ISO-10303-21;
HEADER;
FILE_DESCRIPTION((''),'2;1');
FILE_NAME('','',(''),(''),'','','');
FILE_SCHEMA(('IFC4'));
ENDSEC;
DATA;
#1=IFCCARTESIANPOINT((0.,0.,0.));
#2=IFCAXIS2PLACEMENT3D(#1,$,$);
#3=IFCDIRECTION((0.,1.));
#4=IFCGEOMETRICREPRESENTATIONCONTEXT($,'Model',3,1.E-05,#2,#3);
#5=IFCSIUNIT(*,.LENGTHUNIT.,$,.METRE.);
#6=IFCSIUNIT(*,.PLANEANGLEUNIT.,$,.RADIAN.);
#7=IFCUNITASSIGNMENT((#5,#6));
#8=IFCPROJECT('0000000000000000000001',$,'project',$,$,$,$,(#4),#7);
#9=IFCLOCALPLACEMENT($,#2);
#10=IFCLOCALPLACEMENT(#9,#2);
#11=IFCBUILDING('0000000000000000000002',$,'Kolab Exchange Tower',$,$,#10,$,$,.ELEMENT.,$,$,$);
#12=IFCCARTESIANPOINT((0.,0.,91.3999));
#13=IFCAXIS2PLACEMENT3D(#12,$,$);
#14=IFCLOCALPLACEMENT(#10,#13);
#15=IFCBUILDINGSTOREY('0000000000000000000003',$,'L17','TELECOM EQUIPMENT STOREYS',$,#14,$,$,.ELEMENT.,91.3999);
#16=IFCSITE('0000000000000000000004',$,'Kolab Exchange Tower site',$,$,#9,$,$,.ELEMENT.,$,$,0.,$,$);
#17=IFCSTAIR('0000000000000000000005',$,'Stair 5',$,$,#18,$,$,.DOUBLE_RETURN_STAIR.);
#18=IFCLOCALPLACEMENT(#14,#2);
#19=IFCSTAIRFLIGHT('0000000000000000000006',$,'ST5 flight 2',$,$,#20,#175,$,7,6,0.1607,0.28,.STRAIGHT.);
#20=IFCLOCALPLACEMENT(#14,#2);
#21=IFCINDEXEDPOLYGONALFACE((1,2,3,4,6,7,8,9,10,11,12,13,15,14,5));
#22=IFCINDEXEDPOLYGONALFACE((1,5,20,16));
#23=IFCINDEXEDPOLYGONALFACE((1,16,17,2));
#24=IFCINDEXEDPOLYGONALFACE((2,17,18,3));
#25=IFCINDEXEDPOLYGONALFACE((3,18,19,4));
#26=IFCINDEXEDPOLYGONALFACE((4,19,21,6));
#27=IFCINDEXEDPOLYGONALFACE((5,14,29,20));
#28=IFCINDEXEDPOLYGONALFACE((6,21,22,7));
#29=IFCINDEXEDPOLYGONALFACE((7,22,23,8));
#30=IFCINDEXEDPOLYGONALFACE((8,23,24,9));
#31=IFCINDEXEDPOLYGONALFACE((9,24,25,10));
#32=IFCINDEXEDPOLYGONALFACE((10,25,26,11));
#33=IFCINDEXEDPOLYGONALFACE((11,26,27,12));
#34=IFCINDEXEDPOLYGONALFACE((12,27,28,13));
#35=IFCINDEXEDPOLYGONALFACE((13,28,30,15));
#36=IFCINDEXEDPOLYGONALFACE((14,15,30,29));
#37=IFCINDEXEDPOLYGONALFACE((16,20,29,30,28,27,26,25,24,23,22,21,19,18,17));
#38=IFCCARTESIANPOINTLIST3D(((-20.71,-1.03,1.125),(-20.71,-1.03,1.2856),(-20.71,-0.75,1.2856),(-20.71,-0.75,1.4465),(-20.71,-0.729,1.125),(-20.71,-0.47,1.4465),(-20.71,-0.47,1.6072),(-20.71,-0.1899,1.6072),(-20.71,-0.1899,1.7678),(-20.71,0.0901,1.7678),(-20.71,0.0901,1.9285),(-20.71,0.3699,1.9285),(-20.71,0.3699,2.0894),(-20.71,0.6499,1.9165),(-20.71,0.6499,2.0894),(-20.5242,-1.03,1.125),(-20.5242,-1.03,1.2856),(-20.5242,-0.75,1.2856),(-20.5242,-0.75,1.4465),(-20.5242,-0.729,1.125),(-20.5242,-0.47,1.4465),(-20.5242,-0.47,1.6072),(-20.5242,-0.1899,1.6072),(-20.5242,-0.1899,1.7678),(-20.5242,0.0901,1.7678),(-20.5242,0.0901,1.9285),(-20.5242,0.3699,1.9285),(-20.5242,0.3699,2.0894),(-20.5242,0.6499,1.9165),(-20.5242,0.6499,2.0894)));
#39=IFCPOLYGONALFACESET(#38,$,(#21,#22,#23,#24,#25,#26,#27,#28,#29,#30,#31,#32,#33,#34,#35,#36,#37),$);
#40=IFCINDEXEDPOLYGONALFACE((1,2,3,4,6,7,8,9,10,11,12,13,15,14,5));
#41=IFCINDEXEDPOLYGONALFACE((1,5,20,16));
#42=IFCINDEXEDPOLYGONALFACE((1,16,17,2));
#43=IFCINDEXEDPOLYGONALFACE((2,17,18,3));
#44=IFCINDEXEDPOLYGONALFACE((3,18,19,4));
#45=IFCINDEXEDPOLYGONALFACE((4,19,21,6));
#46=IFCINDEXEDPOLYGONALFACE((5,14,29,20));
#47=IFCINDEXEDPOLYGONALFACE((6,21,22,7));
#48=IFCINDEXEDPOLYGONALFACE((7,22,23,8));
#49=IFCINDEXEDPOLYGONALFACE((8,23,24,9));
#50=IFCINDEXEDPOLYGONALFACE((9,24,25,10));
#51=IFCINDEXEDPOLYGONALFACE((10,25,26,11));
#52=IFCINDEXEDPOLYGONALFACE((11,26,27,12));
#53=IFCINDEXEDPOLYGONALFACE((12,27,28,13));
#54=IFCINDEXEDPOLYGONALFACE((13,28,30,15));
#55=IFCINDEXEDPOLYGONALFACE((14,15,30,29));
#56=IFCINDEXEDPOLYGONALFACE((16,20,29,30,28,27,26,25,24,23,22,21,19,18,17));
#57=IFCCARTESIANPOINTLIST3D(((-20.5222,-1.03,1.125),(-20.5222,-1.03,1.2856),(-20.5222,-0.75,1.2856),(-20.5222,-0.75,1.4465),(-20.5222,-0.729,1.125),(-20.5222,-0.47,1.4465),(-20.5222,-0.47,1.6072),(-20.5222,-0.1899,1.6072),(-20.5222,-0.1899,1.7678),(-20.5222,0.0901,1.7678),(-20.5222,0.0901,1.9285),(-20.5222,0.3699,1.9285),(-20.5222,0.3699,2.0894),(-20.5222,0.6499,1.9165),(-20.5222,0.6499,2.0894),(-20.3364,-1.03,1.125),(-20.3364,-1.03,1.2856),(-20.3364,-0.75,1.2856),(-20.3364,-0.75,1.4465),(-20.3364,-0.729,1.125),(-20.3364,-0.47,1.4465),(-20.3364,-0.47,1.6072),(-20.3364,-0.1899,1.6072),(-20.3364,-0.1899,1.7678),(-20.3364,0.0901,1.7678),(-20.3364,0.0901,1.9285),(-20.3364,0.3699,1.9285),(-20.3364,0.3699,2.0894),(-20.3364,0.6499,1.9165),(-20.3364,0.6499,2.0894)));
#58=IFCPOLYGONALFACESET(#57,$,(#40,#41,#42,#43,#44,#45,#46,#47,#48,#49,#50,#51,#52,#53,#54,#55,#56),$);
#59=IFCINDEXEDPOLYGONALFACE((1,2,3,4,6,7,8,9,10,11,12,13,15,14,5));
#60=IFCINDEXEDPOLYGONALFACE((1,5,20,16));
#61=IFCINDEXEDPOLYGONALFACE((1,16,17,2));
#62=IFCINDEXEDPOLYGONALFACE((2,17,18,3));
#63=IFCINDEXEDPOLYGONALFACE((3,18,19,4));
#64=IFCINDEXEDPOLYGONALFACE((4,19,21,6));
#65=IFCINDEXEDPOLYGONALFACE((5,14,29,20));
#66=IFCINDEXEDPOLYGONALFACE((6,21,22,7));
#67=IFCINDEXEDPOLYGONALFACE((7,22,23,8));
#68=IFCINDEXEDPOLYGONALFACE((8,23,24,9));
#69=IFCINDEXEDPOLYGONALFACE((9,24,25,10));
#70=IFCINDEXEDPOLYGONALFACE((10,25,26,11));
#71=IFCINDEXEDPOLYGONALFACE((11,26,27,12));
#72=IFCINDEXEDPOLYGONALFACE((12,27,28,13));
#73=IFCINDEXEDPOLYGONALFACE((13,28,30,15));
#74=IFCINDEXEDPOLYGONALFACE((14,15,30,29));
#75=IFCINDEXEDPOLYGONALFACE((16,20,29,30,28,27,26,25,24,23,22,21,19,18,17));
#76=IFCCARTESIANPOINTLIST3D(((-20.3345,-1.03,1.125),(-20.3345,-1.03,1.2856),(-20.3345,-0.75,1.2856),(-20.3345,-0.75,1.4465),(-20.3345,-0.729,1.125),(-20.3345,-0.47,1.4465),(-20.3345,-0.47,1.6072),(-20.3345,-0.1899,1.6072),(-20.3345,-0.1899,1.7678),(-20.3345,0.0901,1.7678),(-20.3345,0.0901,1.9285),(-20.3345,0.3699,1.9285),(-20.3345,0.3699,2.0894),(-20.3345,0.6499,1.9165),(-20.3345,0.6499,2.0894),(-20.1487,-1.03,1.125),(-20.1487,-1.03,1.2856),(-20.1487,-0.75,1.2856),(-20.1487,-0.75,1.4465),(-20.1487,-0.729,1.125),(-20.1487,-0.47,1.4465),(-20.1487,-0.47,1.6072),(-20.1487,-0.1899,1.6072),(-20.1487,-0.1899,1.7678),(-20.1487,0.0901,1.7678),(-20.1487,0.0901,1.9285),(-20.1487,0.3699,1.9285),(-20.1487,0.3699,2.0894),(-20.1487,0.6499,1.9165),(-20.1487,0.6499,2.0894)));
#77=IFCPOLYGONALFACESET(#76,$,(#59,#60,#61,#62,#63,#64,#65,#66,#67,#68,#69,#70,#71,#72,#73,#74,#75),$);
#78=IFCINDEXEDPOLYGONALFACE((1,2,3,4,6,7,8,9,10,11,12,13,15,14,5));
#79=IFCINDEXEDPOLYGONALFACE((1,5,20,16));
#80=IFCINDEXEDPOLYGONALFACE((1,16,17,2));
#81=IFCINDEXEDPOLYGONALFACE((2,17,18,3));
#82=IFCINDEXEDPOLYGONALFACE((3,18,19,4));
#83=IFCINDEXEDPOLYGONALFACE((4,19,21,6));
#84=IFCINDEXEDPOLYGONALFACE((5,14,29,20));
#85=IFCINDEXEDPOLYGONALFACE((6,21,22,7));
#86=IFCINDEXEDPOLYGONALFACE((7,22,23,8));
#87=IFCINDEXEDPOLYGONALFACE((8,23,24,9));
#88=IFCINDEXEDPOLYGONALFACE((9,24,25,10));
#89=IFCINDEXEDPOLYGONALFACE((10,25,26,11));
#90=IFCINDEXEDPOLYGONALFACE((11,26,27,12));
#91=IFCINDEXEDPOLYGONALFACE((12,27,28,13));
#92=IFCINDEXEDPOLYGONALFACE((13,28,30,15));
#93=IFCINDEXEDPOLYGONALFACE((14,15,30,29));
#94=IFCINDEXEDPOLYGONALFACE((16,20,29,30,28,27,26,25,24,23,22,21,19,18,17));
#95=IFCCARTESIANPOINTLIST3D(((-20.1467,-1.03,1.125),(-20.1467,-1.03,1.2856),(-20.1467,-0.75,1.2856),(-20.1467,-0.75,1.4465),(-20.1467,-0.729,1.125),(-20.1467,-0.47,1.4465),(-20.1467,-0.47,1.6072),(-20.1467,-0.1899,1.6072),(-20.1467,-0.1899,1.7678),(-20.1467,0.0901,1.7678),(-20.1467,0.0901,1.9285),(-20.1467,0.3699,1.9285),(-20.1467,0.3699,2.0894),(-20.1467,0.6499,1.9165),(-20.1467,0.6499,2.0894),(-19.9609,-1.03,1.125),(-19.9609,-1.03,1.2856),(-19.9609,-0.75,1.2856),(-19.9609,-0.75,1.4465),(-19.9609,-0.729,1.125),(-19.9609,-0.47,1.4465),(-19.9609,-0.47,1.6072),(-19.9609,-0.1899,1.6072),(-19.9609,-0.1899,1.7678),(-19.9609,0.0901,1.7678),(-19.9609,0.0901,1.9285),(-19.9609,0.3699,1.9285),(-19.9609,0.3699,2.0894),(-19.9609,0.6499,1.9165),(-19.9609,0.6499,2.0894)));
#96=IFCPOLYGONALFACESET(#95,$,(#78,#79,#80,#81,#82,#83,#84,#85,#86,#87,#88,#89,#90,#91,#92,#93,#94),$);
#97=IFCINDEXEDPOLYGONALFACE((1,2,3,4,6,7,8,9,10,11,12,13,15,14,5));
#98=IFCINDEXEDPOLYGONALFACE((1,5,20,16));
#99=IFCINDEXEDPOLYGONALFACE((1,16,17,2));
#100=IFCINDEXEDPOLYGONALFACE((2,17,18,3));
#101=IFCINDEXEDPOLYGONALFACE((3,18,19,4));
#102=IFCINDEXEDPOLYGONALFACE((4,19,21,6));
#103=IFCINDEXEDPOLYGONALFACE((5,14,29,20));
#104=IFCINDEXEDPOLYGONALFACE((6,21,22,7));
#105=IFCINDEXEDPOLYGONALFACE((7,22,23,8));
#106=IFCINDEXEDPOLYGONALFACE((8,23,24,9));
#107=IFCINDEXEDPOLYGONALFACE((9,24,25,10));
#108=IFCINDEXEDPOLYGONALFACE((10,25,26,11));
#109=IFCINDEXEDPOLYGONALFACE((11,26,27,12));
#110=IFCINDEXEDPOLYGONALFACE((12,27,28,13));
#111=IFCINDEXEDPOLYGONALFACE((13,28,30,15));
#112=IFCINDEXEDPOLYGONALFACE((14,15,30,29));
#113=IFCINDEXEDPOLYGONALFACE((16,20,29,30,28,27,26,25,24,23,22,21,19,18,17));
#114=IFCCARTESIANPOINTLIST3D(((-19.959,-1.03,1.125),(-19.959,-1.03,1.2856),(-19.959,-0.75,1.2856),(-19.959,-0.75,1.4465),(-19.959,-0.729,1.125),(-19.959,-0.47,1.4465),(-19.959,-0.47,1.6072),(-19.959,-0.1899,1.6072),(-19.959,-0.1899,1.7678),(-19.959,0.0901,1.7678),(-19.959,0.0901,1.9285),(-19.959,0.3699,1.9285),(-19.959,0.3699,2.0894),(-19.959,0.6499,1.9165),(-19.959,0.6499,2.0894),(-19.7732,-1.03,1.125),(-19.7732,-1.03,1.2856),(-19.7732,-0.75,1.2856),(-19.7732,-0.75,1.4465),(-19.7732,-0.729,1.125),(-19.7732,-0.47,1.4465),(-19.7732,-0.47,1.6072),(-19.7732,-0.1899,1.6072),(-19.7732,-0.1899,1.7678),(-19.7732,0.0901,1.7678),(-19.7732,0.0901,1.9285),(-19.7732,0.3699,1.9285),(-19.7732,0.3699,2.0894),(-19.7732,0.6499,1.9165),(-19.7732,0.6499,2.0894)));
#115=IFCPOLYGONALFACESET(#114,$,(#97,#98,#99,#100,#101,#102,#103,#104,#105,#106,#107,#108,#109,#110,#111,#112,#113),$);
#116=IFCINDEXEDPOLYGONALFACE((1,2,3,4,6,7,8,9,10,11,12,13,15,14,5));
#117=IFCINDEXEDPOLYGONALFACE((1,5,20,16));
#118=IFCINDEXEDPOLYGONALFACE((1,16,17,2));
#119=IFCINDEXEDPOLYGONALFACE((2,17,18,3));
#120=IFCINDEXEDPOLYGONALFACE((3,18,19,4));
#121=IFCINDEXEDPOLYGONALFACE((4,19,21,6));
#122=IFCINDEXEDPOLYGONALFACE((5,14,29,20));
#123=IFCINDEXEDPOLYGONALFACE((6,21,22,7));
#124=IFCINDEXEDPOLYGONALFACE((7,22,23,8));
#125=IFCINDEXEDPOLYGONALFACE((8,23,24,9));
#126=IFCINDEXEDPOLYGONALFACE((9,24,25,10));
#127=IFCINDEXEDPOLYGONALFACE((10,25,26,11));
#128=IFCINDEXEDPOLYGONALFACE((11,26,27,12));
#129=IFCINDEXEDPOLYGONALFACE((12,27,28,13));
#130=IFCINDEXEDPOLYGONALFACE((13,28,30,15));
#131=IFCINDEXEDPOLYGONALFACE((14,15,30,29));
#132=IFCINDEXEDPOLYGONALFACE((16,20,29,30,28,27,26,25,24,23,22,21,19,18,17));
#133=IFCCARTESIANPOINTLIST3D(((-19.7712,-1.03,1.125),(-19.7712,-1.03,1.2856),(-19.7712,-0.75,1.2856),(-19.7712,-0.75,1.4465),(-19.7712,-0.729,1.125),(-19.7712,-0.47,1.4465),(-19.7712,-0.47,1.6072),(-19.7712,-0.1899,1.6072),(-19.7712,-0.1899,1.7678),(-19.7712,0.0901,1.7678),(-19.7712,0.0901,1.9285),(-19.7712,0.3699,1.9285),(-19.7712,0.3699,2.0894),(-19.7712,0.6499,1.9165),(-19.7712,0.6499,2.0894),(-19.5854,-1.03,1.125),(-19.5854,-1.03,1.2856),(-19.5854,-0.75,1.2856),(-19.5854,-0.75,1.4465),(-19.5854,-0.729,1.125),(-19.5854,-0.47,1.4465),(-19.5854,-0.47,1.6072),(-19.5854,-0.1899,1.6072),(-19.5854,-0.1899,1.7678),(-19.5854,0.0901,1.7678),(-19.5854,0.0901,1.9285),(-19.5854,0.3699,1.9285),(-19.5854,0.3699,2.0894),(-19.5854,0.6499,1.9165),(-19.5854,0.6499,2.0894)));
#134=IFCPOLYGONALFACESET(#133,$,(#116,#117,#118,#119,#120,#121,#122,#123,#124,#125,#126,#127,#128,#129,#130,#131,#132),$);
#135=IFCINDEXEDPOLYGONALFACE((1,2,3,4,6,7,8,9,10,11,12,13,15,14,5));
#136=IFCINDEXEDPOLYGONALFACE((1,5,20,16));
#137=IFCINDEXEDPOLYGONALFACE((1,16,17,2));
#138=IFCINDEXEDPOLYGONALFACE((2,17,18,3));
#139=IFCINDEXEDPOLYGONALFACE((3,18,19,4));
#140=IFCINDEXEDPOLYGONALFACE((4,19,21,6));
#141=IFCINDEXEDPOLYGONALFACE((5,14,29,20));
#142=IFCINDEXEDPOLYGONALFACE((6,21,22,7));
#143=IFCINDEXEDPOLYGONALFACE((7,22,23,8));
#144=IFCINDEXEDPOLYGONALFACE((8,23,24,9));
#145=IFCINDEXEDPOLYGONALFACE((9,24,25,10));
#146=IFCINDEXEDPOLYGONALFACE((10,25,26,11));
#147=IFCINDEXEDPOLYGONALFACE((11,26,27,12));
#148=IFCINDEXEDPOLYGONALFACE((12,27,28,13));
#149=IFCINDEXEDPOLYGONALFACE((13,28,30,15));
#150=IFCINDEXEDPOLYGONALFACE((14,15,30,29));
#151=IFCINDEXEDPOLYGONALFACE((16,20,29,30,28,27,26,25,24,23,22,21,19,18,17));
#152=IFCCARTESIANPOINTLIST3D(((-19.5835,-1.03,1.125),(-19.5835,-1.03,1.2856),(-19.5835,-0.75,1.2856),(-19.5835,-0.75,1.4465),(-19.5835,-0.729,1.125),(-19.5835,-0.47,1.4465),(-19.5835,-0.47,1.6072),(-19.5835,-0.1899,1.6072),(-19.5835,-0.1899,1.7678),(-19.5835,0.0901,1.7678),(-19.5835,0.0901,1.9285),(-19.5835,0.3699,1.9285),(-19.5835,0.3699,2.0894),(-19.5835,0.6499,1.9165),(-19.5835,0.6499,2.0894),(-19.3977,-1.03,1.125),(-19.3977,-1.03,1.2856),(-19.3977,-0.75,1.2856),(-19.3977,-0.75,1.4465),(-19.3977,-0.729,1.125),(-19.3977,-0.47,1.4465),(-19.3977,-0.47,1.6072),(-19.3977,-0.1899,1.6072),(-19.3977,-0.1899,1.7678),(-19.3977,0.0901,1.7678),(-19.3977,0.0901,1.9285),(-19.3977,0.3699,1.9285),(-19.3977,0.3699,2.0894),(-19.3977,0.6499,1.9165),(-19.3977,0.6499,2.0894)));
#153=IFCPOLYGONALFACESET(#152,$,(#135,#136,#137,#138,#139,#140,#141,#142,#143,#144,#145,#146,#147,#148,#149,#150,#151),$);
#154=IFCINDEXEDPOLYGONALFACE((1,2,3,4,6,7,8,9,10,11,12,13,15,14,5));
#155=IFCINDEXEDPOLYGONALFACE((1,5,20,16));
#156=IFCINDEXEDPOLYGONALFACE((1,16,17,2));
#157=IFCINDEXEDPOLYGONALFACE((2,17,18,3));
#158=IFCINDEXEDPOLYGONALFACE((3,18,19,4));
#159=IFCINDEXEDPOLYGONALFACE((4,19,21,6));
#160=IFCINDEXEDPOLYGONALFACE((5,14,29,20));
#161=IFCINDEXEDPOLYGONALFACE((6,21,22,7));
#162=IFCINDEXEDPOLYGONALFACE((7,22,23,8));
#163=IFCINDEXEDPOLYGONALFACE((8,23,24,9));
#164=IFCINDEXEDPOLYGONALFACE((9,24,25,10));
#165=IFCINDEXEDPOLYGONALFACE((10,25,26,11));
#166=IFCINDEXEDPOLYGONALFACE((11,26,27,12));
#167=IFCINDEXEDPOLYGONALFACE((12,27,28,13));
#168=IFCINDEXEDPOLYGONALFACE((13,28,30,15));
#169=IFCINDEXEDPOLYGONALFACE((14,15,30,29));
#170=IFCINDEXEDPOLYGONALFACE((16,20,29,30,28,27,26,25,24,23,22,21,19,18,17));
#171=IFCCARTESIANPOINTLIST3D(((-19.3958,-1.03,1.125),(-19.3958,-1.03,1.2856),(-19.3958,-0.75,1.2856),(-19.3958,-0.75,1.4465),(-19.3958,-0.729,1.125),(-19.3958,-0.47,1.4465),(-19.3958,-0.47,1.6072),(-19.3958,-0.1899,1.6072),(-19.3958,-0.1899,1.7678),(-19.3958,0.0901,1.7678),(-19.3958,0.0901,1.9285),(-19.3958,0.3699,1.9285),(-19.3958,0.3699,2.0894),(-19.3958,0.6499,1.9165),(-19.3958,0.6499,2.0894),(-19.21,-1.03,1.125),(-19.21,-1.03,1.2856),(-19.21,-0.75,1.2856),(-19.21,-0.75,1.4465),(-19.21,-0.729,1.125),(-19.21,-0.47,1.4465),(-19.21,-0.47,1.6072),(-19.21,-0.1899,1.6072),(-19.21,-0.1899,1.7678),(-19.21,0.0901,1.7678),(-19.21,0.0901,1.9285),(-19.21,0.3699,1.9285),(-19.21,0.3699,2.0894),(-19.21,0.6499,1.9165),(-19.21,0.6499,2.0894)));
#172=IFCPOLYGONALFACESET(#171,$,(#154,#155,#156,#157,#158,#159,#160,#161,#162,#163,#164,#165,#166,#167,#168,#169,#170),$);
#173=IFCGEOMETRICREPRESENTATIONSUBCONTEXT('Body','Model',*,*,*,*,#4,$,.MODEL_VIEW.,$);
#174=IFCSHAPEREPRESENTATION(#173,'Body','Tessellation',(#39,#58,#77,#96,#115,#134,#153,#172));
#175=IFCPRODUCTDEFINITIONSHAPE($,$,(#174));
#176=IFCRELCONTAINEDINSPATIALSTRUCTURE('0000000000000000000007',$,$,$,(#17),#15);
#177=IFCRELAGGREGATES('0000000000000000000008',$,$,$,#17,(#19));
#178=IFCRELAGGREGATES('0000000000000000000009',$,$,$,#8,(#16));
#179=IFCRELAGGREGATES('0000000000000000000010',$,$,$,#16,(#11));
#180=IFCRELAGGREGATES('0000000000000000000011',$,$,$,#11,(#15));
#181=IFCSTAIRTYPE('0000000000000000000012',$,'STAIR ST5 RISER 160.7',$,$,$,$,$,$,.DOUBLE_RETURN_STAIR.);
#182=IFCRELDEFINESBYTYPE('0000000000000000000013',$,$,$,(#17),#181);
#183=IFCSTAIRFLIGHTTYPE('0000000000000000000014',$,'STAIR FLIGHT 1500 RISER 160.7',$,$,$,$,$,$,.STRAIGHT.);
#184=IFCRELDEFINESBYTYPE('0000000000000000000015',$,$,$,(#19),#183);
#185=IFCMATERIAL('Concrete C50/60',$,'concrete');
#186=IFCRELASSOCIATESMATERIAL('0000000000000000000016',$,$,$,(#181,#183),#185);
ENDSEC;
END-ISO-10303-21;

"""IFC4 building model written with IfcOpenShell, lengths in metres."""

from ifc_helpers import new_model, si_unit, direction, frame, origin, place, context, subcontext, project, spatial, polyline, outline, extrude, material, type_object, element, aggregate, save


model = new_model("IFC4")

# Units and contexts
model_context = context("Model", 3, precision=1e-05, world=origin(), true_north=direction((0.0, 1.0)))
body_context = subcontext(model_context, "Body", "Model", "MODEL_VIEW")
ifc_project = project(units=[si_unit("LENGTHUNIT", "METRE"), si_unit("PLANEANGLEUNIT", "RADIAN")], contexts=[model_context])

# Site, building, storey
site_placement = place(None, origin())
site = spatial("IfcSite", under=ifc_project, at=site_placement, Name="Kolab Exchange Tower site", CompositionType="ELEMENT", RefElevation=0.0)
building_placement = place(site_placement, origin())
building = spatial("IfcBuilding", under=site, at=building_placement, Name="Kolab Exchange Tower", CompositionType="ELEMENT")
storey_placement = place(building_placement, frame((0.0, 0.0, 91.3999)))
storey = spatial("IfcBuildingStorey", under=building, at=storey_placement, Name="L17", Description="TELECOM EQUIPMENT STOREYS", CompositionType="ELEMENT", Elevation=91.3999)

# Shared definitions
ifc_material_1 = material(Name="Concrete C50/60", Category="concrete")

# Stair, stair flight
stair_type = type_object("IfcStairType", Name="STAIR ST5 RISER 160.7", PredefinedType="DOUBLE_RETURN_STAIR", material=ifc_material_1)
stair_placement = place(storey_placement, origin())
stair = element("IfcStair", 1, at=stair_placement, inside=storey, type_object=stair_type, Name="Stair 5", PredefinedType="DOUBLE_RETURN_STAIR")
stair_flight_type = type_object("IfcStairFlightType", Name="STAIR FLIGHT 1500 RISER 160.7", PredefinedType="STRAIGHT", material=ifc_material_1)
stair_flight_1_placement = place(storey_placement, frame((-19.96, -1.03, 1.125), z_axis=(0.0, 0.0, 1.0), x_axis=(0.0, 1.0, 0.0)))
stair_flight_1 = element("IfcStairFlight", 2, at=stair_flight_1_placement, type_object=stair_flight_type, Name="ST5 flight 2", NumberOfRisers=7, NumberOfTreads=6, PredefinedType="STRAIGHT", RiserHeight=0.1607, TreadLength=0.28, context=body_context, shape_type="SweptSolid", body=[
    extrude(outline(polyline([(0.0, 0.0), (0.0, 0.1606), (0.28, 0.1606), (0.28, 0.3215), (0.5601, 0.3215), (0.5601, 0.4822), (0.8401, 0.4822), (0.8401, 0.6428), (1.1201, 0.6428), (1.1201, 0.8035), (1.3999, 0.8035), (1.3999, 0.9644), (1.6799, 0.9644), (1.6799, 1.125), (1.6799, 0.7915), (0.301, 0.0), (0.0, 0.0)])), frame((0.0, 0.75, 0.0), z_axis=(0.0, -1.0, 0.0), x_axis=(1.0, 0.0, 0.0)), (0.0, 0.0, 1.0), 0.1858),
    extrude(outline(polyline([(0.0, 0.0), (0.0, 0.1606), (0.28, 0.1606), (0.28, 0.3215), (0.5601, 0.3215), (0.5601, 0.4822), (0.8401, 0.4822), (0.8401, 0.6428), (1.1201, 0.6428), (1.1201, 0.8035), (1.3999, 0.8035), (1.3999, 0.9644), (1.6799, 0.9644), (1.6799, 1.125), (1.6799, 0.7915), (0.301, 0.0), (0.0, 0.0)])), frame((0.0, 0.5623, 0.0), z_axis=(0.0, -1.0, 0.0), x_axis=(1.0, 0.0, 0.0)), (0.0, 0.0, 1.0), 0.1858),
    extrude(outline(polyline([(0.0, 0.0), (0.0, 0.1606), (0.28, 0.1606), (0.28, 0.3215), (0.5601, 0.3215), (0.5601, 0.4822), (0.8401, 0.4822), (0.8401, 0.6428), (1.1201, 0.6428), (1.1201, 0.8035), (1.3999, 0.8035), (1.3999, 0.9644), (1.6799, 0.9644), (1.6799, 1.125), (1.6799, 0.7915), (0.301, 0.0), (0.0, 0.0)])), frame((0.0, 0.3745, 0.0), z_axis=(0.0, -1.0, 0.0), x_axis=(1.0, 0.0, 0.0)), (0.0, 0.0, 1.0), 0.1858),
    extrude(outline(polyline([(0.0, 0.0), (0.0, 0.1606), (0.28, 0.1606), (0.28, 0.3215), (0.5601, 0.3215), (0.5601, 0.4822), (0.8401, 0.4822), (0.8401, 0.6428), (1.1201, 0.6428), (1.1201, 0.8035), (1.3999, 0.8035), (1.3999, 0.9644), (1.6799, 0.9644), (1.6799, 1.125), (1.6799, 0.7915), (0.301, 0.0), (0.0, 0.0)])), frame((0.0, 0.1868, 0.0), z_axis=(0.0, -1.0, 0.0), x_axis=(1.0, 0.0, 0.0)), (0.0, 0.0, 1.0), 0.1858),
    extrude(outline(polyline([(0.0, 0.0), (0.0, 0.1606), (0.28, 0.1606), (0.28, 0.3215), (0.5601, 0.3215), (0.5601, 0.4822), (0.8401, 0.4822), (0.8401, 0.6428), (1.1201, 0.6428), (1.1201, 0.8035), (1.3999, 0.8035), (1.3999, 0.9644), (1.6799, 0.9644), (1.6799, 1.125), (1.6799, 0.7915), (0.301, 0.0), (0.0, 0.0)])), frame((0.0, -0.001, 0.0), z_axis=(0.0, -1.0, 0.0), x_axis=(1.0, 0.0, 0.0)), (0.0, 0.0, 1.0), 0.1858),
    extrude(outline(polyline([(0.0, 0.0), (0.0, 0.1606), (0.28, 0.1606), (0.28, 0.3215), (0.5601, 0.3215), (0.5601, 0.4822), (0.8401, 0.4822), (0.8401, 0.6428), (1.1201, 0.6428), (1.1201, 0.8035), (1.3999, 0.8035), (1.3999, 0.9644), (1.6799, 0.9644), (1.6799, 1.125), (1.6799, 0.7915), (0.301, 0.0), (0.0, 0.0)])), frame((0.0, -0.1887, 0.0), z_axis=(0.0, -1.0, 0.0), x_axis=(1.0, 0.0, 0.0)), (0.0, 0.0, 1.0), 0.1858),
    extrude(outline(polyline([(0.0, 0.0), (0.0, 0.1606), (0.28, 0.1606), (0.28, 0.3215), (0.5601, 0.3215), (0.5601, 0.4822), (0.8401, 0.4822), (0.8401, 0.6428), (1.1201, 0.6428), (1.1201, 0.8035), (1.3999, 0.8035), (1.3999, 0.9644), (1.6799, 0.9644), (1.6799, 1.125), (1.6799, 0.7915), (0.301, 0.0), (0.0, 0.0)])), frame((0.0, -0.3765, 0.0), z_axis=(0.0, -1.0, 0.0), x_axis=(1.0, 0.0, 0.0)), (0.0, 0.0, 1.0), 0.1858),
    extrude(outline(polyline([(0.0, 0.0), (0.0, 0.1606), (0.28, 0.1606), (0.28, 0.3215), (0.5601, 0.3215), (0.5601, 0.4822), (0.8401, 0.4822), (0.8401, 0.6428), (1.1201, 0.6428), (1.1201, 0.8035), (1.3999, 0.8035), (1.3999, 0.9644), (1.6799, 0.9644), (1.6799, 1.125), (1.6799, 0.7915), (0.301, 0.0), (0.0, 0.0)])), frame((0.0, -0.5642, 0.0), z_axis=(0.0, -1.0, 0.0), x_axis=(1.0, 0.0, 0.0)), (0.0, 0.0, 1.0), 0.1858),
])
aggregate(stair, [stair_flight_1])

save(model, "model.ifc")
